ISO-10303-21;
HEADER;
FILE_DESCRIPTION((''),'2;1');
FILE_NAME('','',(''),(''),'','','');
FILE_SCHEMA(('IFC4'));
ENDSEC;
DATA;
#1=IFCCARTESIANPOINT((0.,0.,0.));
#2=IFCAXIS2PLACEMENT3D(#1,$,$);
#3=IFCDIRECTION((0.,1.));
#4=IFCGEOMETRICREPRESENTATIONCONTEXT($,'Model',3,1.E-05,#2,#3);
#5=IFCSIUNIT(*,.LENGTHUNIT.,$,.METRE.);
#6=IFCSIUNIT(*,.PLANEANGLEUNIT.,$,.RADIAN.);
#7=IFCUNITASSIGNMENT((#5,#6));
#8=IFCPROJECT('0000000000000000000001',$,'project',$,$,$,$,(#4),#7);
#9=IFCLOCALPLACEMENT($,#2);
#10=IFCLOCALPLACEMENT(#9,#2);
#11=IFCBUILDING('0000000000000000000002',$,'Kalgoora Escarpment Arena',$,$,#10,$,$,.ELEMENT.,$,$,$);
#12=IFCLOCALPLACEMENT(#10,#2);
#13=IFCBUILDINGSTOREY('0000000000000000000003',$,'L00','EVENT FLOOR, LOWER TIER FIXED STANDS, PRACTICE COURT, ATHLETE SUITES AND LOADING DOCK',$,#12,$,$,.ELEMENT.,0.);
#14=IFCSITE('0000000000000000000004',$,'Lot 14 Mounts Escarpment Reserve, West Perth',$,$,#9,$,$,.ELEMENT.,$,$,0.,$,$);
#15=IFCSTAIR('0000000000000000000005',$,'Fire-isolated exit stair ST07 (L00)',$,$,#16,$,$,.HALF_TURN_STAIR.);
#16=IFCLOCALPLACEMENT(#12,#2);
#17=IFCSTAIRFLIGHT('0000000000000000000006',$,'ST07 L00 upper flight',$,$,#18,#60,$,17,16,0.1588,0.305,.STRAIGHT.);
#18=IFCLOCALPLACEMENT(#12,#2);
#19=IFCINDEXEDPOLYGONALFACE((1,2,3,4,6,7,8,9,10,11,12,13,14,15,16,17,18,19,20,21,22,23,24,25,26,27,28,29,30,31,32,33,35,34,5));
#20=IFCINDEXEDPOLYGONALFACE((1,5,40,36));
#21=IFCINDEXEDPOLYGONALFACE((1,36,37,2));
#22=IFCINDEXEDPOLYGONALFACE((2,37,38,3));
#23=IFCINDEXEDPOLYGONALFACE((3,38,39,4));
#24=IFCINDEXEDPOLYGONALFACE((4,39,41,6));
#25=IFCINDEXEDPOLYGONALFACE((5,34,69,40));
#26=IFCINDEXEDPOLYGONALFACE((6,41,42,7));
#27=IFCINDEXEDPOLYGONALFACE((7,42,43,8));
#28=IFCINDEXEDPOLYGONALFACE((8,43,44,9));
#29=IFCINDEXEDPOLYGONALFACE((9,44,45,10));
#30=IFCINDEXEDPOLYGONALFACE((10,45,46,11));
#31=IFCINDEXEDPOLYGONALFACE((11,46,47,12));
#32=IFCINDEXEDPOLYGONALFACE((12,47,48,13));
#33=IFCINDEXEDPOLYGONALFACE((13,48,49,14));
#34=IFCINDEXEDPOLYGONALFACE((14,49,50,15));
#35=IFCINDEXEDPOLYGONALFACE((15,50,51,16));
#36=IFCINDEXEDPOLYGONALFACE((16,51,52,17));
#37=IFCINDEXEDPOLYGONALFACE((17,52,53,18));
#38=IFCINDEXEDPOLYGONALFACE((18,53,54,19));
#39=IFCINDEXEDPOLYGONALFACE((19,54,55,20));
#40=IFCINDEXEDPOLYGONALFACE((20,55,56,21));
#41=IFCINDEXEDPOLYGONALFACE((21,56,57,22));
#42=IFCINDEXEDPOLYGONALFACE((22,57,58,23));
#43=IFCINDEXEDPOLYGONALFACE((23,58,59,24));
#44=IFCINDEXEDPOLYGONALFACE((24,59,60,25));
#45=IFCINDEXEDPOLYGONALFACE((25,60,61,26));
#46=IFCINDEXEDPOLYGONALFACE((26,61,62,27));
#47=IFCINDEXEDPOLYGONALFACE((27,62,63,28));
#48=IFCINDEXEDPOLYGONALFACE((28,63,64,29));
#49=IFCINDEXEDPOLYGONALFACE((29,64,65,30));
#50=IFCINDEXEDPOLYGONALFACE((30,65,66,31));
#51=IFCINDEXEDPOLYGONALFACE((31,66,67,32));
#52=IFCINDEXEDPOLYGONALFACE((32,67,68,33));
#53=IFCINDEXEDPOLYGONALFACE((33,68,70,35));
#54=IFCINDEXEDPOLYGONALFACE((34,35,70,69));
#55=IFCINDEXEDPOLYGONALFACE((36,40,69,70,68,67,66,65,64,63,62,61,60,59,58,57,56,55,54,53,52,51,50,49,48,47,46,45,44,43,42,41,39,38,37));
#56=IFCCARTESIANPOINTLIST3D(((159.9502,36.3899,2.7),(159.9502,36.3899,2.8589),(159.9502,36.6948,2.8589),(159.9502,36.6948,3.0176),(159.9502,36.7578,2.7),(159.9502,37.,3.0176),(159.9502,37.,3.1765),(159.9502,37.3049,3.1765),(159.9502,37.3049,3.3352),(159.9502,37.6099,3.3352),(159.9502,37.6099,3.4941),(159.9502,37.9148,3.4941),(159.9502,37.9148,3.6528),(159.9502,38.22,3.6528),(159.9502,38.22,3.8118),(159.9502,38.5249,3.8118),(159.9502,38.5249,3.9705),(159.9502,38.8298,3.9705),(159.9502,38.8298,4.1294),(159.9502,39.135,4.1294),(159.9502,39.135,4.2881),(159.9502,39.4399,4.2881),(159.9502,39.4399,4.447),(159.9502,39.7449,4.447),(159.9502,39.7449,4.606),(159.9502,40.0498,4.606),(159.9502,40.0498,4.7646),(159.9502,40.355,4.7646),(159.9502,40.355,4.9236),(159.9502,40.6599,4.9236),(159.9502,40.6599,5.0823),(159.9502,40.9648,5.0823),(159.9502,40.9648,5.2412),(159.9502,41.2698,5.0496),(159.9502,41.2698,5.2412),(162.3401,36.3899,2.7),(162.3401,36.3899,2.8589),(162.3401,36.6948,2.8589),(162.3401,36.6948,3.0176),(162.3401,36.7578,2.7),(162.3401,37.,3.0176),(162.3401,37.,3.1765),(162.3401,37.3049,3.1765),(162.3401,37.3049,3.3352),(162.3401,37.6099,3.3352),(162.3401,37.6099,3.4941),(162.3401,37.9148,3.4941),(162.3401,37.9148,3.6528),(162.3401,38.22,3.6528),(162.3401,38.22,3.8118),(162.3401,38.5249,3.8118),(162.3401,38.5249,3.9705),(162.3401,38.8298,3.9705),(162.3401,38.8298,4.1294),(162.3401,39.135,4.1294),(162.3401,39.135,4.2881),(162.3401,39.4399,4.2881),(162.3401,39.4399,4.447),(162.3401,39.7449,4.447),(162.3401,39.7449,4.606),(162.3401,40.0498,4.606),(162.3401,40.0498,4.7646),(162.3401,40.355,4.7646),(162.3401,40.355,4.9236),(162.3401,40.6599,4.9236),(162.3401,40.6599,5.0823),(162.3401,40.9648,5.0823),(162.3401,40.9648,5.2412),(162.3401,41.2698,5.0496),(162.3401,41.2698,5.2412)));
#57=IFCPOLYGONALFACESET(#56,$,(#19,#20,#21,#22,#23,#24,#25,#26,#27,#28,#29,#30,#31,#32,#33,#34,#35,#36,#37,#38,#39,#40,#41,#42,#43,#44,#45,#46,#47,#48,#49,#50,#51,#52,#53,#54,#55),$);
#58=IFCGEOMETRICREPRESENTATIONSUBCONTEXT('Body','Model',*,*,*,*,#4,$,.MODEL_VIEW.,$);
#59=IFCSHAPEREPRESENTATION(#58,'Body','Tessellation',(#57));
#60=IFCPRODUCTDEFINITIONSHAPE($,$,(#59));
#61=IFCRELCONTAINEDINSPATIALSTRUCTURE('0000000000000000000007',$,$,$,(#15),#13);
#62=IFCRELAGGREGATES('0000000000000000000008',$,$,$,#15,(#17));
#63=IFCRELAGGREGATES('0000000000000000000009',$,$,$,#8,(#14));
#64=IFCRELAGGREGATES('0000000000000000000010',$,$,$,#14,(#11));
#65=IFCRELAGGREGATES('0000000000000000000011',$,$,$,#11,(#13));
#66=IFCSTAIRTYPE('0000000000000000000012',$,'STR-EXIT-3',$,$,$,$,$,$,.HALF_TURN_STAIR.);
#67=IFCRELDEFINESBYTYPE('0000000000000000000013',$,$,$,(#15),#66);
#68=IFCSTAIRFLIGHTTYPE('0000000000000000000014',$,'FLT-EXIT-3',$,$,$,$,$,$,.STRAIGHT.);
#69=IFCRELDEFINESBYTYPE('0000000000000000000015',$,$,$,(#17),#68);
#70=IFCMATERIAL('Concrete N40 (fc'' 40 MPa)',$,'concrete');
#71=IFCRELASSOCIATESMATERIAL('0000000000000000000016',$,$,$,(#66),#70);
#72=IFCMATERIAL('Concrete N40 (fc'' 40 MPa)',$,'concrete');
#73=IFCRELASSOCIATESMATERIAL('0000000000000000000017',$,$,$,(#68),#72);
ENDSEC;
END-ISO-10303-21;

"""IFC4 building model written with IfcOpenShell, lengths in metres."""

from ifc_helpers import new_model, si_unit, direction, frame, origin, place, context, subcontext, project, spatial, polyline, outline, extrude, material, type_object, element, aggregate, save


model = new_model("IFC4")

# Units and contexts
model_context = context("Model", 3, precision=1e-05, world=origin(), true_north=direction((0.0, 1.0)))
body_context = subcontext(model_context, "Body", "Model", "MODEL_VIEW")
ifc_project = project(units=[si_unit("LENGTHUNIT", "METRE"), si_unit("PLANEANGLEUNIT", "RADIAN")], contexts=[model_context])

# Site, building, storey
site_placement = place(None, origin())
site = spatial("IfcSite", under=ifc_project, at=site_placement, Name="Lot 14 Mounts Escarpment Reserve, West Perth", CompositionType="ELEMENT", RefElevation=0.0)
building_placement = place(site_placement, origin())
building = spatial("IfcBuilding", under=site, at=building_placement, Name="Kalgoora Escarpment Arena", CompositionType="ELEMENT")
storey_placement = place(building_placement, origin())
storey = spatial("IfcBuildingStorey", under=building, at=storey_placement, Name="L00", Description="EVENT FLOOR, LOWER TIER FIXED STANDS, PRACTICE COURT, ATHLETE SUITES AND LOADING DOCK", CompositionType="ELEMENT", Elevation=0.0)

# Stair, stair flight
ifc_material_1 = material(Name="Concrete N40 (fc' 40 MPa)", Category="concrete")
stair_type = type_object("IfcStairType", Name="STR-EXIT-3", PredefinedType="HALF_TURN_STAIR", material=ifc_material_1)
stair_placement = place(storey_placement, origin())
stair = element("IfcStair", 1, at=stair_placement, inside=storey, type_object=stair_type, Name="Fire-isolated exit stair ST07 (L00)", PredefinedType="HALF_TURN_STAIR")
ifc_material_2 = material(Name="Concrete N40 (fc' 40 MPa)", Category="concrete")
stair_flight_type = type_object("IfcStairFlightType", Name="FLT-EXIT-3", PredefinedType="STRAIGHT", material=ifc_material_2)
stair_flight_placement = place(storey_placement, frame((161.145, 36.3899, 2.7), z_axis=(0.0, 0.0, 1.0), x_axis=(0.0, 1.0, 0.0)))
stair_flight = element("IfcStairFlight", 2, at=stair_flight_placement, type_object=stair_flight_type, Name="ST07 L00 upper flight", NumberOfRisers=17, NumberOfTreads=16, PredefinedType="STRAIGHT", RiserHeight=0.1588, TreadLength=0.305, context=body_context, shape_type="SweptSolid", body=[
    extrude(outline(polyline([(0.0, 0.0), (0.0, 0.1589), (0.3049, 0.1589), (0.3049, 0.3176), (0.6101, 0.3176), (0.6101, 0.4766), (0.915, 0.4766), (0.915, 0.6353), (1.22, 0.6353), (1.22, 0.7942), (1.5249, 0.7942), (1.5249, 0.9529), (1.8301, 0.9529), (1.8301, 1.1118), (2.135, 1.1118), (2.135, 1.2705), (2.4399, 1.2705), (2.4399, 1.4294), (2.7451, 1.4294), (2.7451, 1.5881), (3.05, 1.5881), (3.05, 1.7471), (3.355, 1.7471), (3.355, 1.906), (3.6599, 1.906), (3.6599, 2.0647), (3.9651, 2.0647), (3.9651, 2.2236), (4.27, 2.2236), (4.27, 2.3823), (4.575, 2.3823), (4.575, 2.5413), (4.8799, 2.5413), (4.8799, 2.7), (4.8799, 2.3496), (0.3679, 0.0), (0.0, 0.0)])), frame((0.0, 1.1948, 0.0), z_axis=(0.0, -1.0, 0.0), x_axis=(1.0, 0.0, 0.0)), (0.0, 0.0, 1.0), 2.3899),
])
aggregate(stair, [stair_flight])

save(model, "model.ifc")
